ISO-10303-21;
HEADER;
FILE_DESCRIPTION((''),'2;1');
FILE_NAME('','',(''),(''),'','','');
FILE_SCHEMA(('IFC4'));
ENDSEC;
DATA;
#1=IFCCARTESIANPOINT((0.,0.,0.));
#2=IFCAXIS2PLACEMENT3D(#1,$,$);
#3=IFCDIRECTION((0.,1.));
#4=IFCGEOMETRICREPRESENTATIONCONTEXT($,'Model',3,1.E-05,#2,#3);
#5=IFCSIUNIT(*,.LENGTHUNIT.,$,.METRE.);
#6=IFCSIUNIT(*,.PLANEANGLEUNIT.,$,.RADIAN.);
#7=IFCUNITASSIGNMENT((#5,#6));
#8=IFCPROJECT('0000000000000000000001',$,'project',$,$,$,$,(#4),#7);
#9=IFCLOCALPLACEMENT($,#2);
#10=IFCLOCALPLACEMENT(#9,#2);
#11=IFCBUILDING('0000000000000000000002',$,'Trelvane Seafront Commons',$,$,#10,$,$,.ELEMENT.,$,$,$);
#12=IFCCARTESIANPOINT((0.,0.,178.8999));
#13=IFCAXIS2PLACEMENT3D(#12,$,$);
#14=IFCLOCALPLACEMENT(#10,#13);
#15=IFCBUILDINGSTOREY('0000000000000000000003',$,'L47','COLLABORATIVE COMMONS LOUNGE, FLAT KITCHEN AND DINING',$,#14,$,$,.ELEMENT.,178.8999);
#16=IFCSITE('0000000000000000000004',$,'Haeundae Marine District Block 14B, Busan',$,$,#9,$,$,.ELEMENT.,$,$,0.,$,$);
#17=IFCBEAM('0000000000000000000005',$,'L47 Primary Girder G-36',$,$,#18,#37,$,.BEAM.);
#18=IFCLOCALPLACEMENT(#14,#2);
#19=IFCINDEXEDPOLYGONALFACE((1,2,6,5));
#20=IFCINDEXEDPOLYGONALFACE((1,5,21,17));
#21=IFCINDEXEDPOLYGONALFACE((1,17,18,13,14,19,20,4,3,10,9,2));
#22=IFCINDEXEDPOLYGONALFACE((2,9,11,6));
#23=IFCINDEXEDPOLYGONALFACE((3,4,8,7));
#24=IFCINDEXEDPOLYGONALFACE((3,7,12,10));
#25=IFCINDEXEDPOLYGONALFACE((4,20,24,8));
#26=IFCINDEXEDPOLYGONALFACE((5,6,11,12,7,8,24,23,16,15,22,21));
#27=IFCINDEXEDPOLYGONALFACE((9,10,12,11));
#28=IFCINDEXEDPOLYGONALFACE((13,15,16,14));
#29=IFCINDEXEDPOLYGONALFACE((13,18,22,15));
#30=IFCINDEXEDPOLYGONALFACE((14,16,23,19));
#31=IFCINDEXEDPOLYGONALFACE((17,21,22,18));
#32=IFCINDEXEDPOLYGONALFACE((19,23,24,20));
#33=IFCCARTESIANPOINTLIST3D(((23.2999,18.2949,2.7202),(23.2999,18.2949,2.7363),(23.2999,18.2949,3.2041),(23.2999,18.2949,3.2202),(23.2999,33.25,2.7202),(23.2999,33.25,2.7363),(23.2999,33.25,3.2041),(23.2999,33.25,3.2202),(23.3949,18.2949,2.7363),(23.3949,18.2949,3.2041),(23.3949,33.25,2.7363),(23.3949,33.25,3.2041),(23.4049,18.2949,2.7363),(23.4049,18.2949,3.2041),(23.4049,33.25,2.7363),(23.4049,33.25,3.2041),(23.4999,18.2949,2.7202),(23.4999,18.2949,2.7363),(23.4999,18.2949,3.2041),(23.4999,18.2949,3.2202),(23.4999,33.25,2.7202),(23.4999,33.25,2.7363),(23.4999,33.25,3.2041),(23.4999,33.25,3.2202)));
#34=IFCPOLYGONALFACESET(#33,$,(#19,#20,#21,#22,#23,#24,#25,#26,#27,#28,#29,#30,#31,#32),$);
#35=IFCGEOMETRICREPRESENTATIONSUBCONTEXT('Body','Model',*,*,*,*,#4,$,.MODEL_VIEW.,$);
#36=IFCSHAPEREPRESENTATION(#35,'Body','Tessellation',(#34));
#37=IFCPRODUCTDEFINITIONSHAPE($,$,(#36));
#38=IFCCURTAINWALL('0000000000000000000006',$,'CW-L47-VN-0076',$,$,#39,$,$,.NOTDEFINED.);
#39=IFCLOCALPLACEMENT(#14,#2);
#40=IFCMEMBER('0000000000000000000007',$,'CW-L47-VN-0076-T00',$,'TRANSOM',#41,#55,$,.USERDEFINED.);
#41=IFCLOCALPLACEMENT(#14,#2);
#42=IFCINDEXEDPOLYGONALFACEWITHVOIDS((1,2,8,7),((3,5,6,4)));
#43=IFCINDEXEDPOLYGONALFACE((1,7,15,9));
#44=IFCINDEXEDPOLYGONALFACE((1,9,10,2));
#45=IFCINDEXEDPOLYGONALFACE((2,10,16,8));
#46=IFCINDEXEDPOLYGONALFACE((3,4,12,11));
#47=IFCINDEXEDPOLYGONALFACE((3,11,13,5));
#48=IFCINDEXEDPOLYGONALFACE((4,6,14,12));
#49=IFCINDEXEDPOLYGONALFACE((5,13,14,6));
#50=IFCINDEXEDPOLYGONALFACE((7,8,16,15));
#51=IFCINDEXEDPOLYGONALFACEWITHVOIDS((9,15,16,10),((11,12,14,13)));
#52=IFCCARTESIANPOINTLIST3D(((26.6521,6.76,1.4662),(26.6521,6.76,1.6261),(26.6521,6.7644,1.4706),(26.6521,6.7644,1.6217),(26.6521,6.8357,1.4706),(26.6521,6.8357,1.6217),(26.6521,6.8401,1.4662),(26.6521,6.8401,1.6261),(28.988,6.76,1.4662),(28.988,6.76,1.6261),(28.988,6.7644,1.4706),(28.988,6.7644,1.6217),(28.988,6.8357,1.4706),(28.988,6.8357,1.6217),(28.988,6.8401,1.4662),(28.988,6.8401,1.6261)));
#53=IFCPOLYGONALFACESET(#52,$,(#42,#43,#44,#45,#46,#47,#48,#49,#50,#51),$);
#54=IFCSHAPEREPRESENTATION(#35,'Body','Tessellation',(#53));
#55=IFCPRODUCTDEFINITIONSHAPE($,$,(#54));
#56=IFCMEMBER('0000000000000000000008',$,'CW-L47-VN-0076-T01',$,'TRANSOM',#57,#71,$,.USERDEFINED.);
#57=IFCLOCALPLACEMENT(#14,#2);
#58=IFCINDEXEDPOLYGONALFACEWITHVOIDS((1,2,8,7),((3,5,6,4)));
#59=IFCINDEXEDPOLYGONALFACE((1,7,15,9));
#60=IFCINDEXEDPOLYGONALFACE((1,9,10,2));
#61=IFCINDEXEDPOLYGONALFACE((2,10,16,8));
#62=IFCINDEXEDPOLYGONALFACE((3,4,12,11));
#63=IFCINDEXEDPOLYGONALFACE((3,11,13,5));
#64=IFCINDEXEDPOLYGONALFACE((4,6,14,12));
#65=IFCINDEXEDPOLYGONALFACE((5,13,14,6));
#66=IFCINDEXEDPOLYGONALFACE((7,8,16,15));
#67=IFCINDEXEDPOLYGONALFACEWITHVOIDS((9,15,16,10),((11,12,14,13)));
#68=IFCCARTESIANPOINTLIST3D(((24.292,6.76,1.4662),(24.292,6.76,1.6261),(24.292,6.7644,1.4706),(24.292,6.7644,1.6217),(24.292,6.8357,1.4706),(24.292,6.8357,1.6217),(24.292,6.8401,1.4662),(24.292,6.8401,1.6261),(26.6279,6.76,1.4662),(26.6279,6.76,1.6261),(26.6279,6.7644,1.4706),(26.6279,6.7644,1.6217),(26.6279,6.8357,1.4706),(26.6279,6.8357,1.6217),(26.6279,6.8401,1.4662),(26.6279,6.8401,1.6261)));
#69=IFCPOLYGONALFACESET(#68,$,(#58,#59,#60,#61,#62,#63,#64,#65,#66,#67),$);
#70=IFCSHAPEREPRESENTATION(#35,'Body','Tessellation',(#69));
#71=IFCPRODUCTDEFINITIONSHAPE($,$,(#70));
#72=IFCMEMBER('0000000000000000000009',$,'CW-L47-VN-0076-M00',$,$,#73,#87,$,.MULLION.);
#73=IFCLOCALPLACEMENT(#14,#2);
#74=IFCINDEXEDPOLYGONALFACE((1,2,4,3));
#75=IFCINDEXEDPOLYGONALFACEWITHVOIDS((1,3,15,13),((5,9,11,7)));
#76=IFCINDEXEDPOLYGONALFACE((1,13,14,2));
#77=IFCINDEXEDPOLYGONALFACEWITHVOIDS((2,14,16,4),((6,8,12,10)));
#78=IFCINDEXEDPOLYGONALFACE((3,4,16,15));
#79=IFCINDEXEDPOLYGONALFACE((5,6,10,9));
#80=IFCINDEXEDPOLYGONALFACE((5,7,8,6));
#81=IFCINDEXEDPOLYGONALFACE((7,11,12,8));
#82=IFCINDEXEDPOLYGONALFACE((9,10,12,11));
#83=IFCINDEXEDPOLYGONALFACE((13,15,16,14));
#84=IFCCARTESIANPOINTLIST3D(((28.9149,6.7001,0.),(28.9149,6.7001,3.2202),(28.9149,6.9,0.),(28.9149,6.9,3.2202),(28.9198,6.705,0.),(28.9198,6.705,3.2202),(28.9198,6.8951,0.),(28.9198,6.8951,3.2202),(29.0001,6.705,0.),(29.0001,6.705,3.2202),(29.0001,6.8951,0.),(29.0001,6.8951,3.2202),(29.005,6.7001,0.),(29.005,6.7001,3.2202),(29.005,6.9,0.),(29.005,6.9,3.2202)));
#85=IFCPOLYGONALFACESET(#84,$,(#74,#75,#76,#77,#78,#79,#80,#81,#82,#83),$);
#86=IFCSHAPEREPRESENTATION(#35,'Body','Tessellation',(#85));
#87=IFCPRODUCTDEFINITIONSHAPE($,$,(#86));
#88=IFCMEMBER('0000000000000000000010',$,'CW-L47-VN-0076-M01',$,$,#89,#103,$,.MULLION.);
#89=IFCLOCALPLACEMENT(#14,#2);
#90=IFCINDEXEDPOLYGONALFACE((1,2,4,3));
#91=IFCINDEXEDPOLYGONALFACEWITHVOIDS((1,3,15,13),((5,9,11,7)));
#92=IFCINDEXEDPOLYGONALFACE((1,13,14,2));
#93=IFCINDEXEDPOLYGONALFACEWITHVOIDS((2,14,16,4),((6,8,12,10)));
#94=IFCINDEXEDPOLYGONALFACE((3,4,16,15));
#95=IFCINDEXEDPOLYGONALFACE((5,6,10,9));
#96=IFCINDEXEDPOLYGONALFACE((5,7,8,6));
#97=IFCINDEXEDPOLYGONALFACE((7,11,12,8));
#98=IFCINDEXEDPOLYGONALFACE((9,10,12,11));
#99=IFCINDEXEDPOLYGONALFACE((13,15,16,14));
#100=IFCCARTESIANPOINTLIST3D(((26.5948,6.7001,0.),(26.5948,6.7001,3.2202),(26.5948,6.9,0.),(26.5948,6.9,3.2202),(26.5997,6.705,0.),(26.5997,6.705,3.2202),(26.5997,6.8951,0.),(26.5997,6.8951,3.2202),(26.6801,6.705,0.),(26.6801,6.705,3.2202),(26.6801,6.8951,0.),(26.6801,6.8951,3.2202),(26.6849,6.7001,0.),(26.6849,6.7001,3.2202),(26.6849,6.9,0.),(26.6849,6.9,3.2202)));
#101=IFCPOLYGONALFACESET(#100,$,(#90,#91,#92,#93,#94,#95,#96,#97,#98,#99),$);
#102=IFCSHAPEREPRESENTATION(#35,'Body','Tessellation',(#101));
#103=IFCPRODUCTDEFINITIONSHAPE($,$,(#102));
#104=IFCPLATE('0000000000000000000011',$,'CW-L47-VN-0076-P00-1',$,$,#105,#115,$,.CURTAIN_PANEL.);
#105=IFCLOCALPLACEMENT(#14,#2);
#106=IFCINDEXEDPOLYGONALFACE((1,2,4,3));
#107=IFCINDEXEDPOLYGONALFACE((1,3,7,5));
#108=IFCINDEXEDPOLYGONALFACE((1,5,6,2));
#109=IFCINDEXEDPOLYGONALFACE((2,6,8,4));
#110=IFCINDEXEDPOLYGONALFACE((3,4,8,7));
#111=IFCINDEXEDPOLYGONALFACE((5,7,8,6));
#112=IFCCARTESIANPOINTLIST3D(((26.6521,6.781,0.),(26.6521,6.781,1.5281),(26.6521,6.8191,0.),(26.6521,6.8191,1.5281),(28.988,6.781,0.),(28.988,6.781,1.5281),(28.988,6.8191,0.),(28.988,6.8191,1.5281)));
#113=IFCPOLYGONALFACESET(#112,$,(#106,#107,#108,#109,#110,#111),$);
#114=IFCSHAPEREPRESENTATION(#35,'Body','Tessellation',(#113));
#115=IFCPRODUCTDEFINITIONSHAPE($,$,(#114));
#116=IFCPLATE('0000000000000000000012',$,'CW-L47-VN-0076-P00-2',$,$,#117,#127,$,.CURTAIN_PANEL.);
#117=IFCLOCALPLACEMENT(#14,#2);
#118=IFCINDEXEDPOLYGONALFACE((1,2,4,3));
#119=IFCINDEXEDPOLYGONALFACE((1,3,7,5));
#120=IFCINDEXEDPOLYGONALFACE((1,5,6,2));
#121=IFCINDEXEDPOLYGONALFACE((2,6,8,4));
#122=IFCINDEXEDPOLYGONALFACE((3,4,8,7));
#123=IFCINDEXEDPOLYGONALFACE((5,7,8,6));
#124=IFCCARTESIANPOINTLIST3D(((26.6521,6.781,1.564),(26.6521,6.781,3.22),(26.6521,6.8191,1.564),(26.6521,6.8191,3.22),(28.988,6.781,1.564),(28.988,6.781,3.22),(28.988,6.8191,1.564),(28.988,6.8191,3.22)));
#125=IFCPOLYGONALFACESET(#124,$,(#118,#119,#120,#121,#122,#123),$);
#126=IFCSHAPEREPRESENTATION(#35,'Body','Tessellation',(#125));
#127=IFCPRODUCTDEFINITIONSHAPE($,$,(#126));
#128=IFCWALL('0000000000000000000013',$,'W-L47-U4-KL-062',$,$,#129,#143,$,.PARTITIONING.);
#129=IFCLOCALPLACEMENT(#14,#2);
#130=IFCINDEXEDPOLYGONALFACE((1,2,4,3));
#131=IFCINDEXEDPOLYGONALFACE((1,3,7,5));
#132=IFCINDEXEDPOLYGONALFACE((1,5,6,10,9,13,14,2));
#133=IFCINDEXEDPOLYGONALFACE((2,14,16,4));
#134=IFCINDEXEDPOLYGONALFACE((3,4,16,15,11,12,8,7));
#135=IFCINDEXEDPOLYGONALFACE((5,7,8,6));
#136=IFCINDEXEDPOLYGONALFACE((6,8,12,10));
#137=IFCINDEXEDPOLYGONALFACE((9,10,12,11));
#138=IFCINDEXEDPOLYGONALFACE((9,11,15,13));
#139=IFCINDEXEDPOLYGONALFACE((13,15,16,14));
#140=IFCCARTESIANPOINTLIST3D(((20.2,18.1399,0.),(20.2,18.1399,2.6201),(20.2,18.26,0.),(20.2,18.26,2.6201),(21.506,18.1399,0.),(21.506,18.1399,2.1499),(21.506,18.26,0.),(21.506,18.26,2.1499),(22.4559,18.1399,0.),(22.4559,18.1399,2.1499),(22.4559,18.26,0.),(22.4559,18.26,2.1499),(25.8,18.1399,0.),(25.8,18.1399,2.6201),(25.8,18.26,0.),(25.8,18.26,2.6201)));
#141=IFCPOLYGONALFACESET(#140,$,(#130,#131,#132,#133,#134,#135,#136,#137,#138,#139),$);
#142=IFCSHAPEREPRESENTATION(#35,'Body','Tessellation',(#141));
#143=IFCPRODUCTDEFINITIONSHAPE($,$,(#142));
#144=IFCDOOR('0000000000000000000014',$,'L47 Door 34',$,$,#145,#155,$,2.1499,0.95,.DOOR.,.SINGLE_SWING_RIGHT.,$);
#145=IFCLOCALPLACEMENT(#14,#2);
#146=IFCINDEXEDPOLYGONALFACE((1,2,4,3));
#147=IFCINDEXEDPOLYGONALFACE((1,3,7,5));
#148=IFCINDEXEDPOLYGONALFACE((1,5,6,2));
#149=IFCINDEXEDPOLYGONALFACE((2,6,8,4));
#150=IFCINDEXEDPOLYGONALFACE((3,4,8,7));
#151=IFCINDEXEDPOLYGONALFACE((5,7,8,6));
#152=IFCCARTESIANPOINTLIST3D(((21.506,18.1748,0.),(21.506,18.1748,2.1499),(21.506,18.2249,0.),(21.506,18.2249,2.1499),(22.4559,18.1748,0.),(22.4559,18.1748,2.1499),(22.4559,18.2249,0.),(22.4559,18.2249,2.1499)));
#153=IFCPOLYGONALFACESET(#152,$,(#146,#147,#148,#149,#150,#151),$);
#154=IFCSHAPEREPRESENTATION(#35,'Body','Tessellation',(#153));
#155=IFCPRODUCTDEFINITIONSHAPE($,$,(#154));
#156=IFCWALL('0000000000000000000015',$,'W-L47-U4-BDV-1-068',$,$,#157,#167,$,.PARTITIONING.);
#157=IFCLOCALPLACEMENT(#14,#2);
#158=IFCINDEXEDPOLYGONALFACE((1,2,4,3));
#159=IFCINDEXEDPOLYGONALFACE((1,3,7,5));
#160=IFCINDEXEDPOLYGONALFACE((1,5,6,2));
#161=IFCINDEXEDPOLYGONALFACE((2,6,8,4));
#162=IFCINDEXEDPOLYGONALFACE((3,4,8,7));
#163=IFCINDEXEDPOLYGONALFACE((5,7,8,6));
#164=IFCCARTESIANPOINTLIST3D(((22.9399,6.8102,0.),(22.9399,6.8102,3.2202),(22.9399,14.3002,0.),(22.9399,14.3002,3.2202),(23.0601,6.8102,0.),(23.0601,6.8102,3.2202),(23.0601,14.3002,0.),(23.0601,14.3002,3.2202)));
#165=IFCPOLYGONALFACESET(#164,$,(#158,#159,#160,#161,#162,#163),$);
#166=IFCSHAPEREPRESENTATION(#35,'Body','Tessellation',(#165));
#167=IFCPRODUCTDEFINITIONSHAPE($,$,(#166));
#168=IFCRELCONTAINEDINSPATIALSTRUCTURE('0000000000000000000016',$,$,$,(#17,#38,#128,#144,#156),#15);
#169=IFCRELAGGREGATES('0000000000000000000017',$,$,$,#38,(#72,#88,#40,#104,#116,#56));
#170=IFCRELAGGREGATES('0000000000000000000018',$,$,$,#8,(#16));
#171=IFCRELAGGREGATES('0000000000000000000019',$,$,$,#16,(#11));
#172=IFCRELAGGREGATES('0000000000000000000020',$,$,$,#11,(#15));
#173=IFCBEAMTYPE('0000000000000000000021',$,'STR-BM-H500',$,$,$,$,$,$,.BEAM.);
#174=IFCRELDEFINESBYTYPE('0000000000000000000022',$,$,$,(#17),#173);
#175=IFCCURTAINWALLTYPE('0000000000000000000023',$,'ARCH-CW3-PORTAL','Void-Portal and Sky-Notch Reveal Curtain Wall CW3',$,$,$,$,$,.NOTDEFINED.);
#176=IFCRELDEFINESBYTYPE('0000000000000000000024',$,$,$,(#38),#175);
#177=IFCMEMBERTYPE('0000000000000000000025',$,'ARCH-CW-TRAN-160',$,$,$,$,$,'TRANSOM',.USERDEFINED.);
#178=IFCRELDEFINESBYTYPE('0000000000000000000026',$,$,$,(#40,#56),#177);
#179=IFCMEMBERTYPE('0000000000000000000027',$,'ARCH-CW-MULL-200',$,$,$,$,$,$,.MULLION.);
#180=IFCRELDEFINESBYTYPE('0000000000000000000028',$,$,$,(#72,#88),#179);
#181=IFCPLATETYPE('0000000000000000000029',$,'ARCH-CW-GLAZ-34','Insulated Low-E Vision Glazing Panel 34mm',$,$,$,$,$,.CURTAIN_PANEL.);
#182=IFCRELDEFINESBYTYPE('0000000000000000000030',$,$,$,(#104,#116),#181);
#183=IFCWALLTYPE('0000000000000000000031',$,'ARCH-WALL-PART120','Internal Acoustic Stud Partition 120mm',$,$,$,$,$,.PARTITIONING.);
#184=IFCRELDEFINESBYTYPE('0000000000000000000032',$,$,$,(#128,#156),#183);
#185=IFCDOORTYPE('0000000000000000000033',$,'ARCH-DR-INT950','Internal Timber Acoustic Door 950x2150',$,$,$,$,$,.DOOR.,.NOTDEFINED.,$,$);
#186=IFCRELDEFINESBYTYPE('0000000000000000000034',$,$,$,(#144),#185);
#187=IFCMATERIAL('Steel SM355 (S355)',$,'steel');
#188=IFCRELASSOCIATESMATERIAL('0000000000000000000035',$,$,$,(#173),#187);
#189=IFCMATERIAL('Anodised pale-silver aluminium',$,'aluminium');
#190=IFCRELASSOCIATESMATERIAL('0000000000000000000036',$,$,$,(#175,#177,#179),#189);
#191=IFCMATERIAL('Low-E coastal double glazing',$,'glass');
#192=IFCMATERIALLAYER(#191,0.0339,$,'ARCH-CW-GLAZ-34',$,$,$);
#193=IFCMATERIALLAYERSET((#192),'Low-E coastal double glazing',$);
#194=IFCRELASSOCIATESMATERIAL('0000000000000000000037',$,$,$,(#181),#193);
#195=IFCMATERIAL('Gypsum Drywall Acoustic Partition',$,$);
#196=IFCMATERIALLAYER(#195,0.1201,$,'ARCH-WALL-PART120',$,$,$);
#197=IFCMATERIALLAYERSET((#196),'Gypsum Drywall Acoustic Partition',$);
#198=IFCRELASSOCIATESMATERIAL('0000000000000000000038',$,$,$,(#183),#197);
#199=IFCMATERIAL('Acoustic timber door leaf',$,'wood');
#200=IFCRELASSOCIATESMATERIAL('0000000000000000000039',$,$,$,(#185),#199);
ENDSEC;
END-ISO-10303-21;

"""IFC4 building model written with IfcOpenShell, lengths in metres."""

from ifc_helpers import new_model, si_unit, direction, frame, frame_2d, origin, origin_2d, place, context, subcontext, project, spatial, rectangle, hollow_rectangle, i_section, extrude, source, transform, mapped, material, layer, layer_set, material_profile, profile_set, type_object, element, fill, aggregate, save


model = new_model("IFC4")

# Units and contexts
model_context = context("Model", 3, precision=1e-05, world=origin(), true_north=direction((0.0, 1.0)))
body_context = subcontext(model_context, "Body", "Model", "MODEL_VIEW")
ifc_project = project(units=[si_unit("LENGTHUNIT", "METRE"), si_unit("PLANEANGLEUNIT", "RADIAN")], contexts=[model_context])

# Site, building, storey
site_placement = place(None, origin())
site = spatial("IfcSite", under=ifc_project, at=site_placement, Name="Haeundae Marine District Block 14B, Busan", CompositionType="ELEMENT", RefElevation=0.0)
building_placement = place(site_placement, origin())
building = spatial("IfcBuilding", under=site, at=building_placement, Name="Trelvane Seafront Commons", CompositionType="ELEMENT")
storey_placement = place(building_placement, frame((0.0, 0.0, 178.8999)))
storey = spatial("IfcBuildingStorey", under=building, at=storey_placement, Name="L47", Description="COLLABORATIVE COMMONS LOUNGE, FLAT KITCHEN AND DINING", CompositionType="ELEMENT", Elevation=178.8999)

# Shared definitions
ifc_material_1 = material(Name="Steel SM355 (S355)", Category="steel")

# Beam
ifc_material_profile_1 = material_profile(ifc_material_1, i_section(OverallWidth=0.2, OverallDepth=0.5, WebThickness=0.01, FlangeThickness=0.0161, at=origin_2d()), Name="H-500x200x10x16")
ifc_profile_set_1 = profile_set([ifc_material_profile_1], Name="Steel SM355 (S355)")
beam_type_1 = type_object("IfcBeamType", Name="STR-BM-H500", PredefinedType="BEAM", material=ifc_profile_set_1)
shared_shape_1 = source(origin(), body_context, "Body", "SweptSolid", [
    extrude(i_section(OverallWidth=0.2, OverallDepth=0.5, WebThickness=0.01, FlangeThickness=0.0161, at=origin_2d()), origin(), (0.0, 0.0, 1.0), 14.9551),
])
beam_1_placement = place(storey_placement, frame((23.3999, 18.2949, 2.9702), z_axis=(0.0, 1.0, 0.0), x_axis=(-1.0, 0.0, 0.0)))
element("IfcBeam", 1, at=beam_1_placement, inside=storey, type_object=beam_type_1, Name="L47 Primary Girder G-36", PredefinedType="BEAM", context=body_context, shape_type="MappedRepresentation", body=[
    mapped(shared_shape_1, transform((0.0, 0.0, 0.0), x_axis=(1.0, 0.0, 0.0), y_axis=(0.0, 1.0, 0.0), z_axis=(0.0, 0.0, 1.0), scale=1.0)),
])

# Curtain wall, members, plates
ifc_material_2 = material(Name="Anodised pale-silver aluminium", Category="aluminium")
curtain_wall_type = type_object("IfcCurtainWallType", Name="ARCH-CW3-PORTAL", Description="Void-Portal and Sky-Notch Reveal Curtain Wall CW3", PredefinedType="NOTDEFINED", material=ifc_material_2)
curtain_wall_placement = place(storey_placement, origin())
curtain_wall = element("IfcCurtainWall", 2, at=curtain_wall_placement, inside=storey, type_object=curtain_wall_type, Name="CW-L47-VN-0076", PredefinedType="NOTDEFINED")
ifc_material_profile_2 = material_profile(ifc_material_2, hollow_rectangle(XDim=0.0801, YDim=0.1599, WallThickness=0.0044, at=origin_2d()), Name="TRAN-80x160x4.5")
ifc_profile_set_2 = profile_set([ifc_material_profile_2], Name="Anodised pale-silver aluminium")
member_type_1 = type_object("IfcMemberType", Name="ARCH-CW-TRAN-160", ElementType="TRANSOM", PredefinedType="USERDEFINED", material=ifc_profile_set_2)
shared_shape_2 = source(origin(), body_context, "Body", "SweptSolid", [
    extrude(hollow_rectangle(XDim=0.0801, YDim=0.1599, WallThickness=0.0044, at=origin_2d()), origin(), (0.0, 0.0, 1.0), 2.3359),
])
member_1_placement = place(storey_placement, frame((28.988, 6.8, 1.5461), z_axis=(-1.0, 0.0, 0.0), x_axis=(0.0, -1.0, 0.0)))
member_1 = element("IfcMember", 3, at=member_1_placement, type_object=member_type_1, Name="CW-L47-VN-0076-T00", ObjectType="TRANSOM", PredefinedType="USERDEFINED", context=body_context, shape_type="MappedRepresentation", body=[
    mapped(shared_shape_2, transform((0.0, 0.0, 0.0), x_axis=(1.0, 0.0, 0.0), y_axis=(0.0, 1.0, 0.0), z_axis=(0.0, 0.0, 1.0), scale=1.0)),
])
member_2_placement = place(storey_placement, frame((26.6279, 6.8, 1.5461), z_axis=(-1.0, 0.0, 0.0), x_axis=(0.0, -1.0, 0.0)))
member_2 = element("IfcMember", 4, at=member_2_placement, type_object=member_type_1, Name="CW-L47-VN-0076-T01", ObjectType="TRANSOM", PredefinedType="USERDEFINED", context=body_context, shape_type="MappedRepresentation", body=[
    mapped(shared_shape_2, transform((0.0, 0.0, 0.0), x_axis=(1.0, 0.0, 0.0), y_axis=(0.0, 1.0, 0.0), z_axis=(0.0, 0.0, 1.0), scale=1.0)),
])
ifc_material_profile_3 = material_profile(ifc_material_2, hollow_rectangle(XDim=0.0901, YDim=0.2, WallThickness=0.0049, at=origin_2d()), Name="MULL-90x200x5")
ifc_profile_set_3 = profile_set([ifc_material_profile_3], Name="Anodised pale-silver aluminium")
member_type_2 = type_object("IfcMemberType", Name="ARCH-CW-MULL-200", PredefinedType="MULLION", material=ifc_profile_set_3)
shared_shape_3 = source(origin(), body_context, "Body", "SweptSolid", [
    extrude(hollow_rectangle(XDim=0.0901, YDim=0.2, WallThickness=0.0049, at=origin_2d()), origin(), (0.0, 0.0, 1.0), 3.2202),
])
member_3_placement = place(storey_placement, frame((28.96, 6.8, 0.0), z_axis=(0.0, 0.0, 1.0), x_axis=(1.0, 0.0, 0.0)))
member_3 = element("IfcMember", 5, at=member_3_placement, type_object=member_type_2, Name="CW-L47-VN-0076-M00", PredefinedType="MULLION", context=body_context, shape_type="MappedRepresentation", body=[
    mapped(shared_shape_3, transform((0.0, 0.0, 0.0), x_axis=(1.0, 0.0, 0.0), y_axis=(0.0, 1.0, 0.0), z_axis=(0.0, 0.0, 1.0), scale=1.0)),
])
member_4_placement = place(storey_placement, frame((26.6399, 6.8, 0.0), z_axis=(0.0, 0.0, 1.0), x_axis=(1.0, 0.0, 0.0)))
member_4 = element("IfcMember", 6, at=member_4_placement, type_object=member_type_2, Name="CW-L47-VN-0076-M01", PredefinedType="MULLION", context=body_context, shape_type="MappedRepresentation", body=[
    mapped(shared_shape_3, transform((0.0, 0.0, 0.0), x_axis=(1.0, 0.0, 0.0), y_axis=(0.0, 1.0, 0.0), z_axis=(0.0, 0.0, 1.0), scale=1.0)),
])
ifc_material_3 = material(Name="Low-E coastal double glazing", Category="glass")
ifc_layer_1 = layer(ifc_material_3, 0.0339, Name="ARCH-CW-GLAZ-34")
ifc_layer_set_1 = layer_set([ifc_layer_1], Name="Low-E coastal double glazing")
plate_type = type_object("IfcPlateType", Name="ARCH-CW-GLAZ-34", Description="Insulated Low-E Vision Glazing Panel 34mm", PredefinedType="CURTAIN_PANEL", material=ifc_layer_set_1)
shared_shape_4 = source(origin(), body_context, "Body", "SweptSolid", [
    extrude(rectangle(XDim=2.3359, YDim=0.0381, at=origin_2d()), origin(), (0.0, 0.0, 1.0), 1.5281),
])
plate_1_placement = place(storey_placement, frame((27.8201, 6.8, 0.0), z_axis=(0.0, 0.0, 1.0), x_axis=(-1.0, 0.0, 0.0)))
plate_1 = element("IfcPlate", 7, at=plate_1_placement, type_object=plate_type, Name="CW-L47-VN-0076-P00-1", PredefinedType="CURTAIN_PANEL", context=body_context, shape_type="MappedRepresentation", body=[
    mapped(shared_shape_4, transform((0.0, 0.0, 0.0), x_axis=(1.0, 0.0, 0.0), y_axis=(0.0, 1.0, 0.0), z_axis=(0.0, 0.0, 1.0), scale=1.0)),
])
shared_shape_5 = source(origin(), body_context, "Body", "SweptSolid", [
    extrude(rectangle(XDim=2.3359, YDim=0.0381, at=origin_2d()), origin(), (0.0, 0.0, 1.0), 1.656),
])
plate_2_placement = place(storey_placement, frame((27.8201, 6.8, 1.564), z_axis=(0.0, 0.0, 1.0), x_axis=(-1.0, 0.0, 0.0)))
plate_2 = element("IfcPlate", 8, at=plate_2_placement, type_object=plate_type, Name="CW-L47-VN-0076-P00-2", PredefinedType="CURTAIN_PANEL", context=body_context, shape_type="MappedRepresentation", body=[
    mapped(shared_shape_5, transform((0.0, 0.0, 0.0), x_axis=(1.0, 0.0, 0.0), y_axis=(0.0, 1.0, 0.0), z_axis=(0.0, 0.0, 1.0), scale=1.0)),
])
aggregate(curtain_wall, [member_3, member_4, member_1, plate_1, plate_2, member_2])

# Wall, opening, door
ifc_material_4 = material(Name="Gypsum Drywall Acoustic Partition")
ifc_layer_2 = layer(ifc_material_4, 0.1201, Name="ARCH-WALL-PART120")
ifc_layer_set_2 = layer_set([ifc_layer_2], Name="Gypsum Drywall Acoustic Partition")
wall_type_1 = type_object("IfcWallType", Name="ARCH-WALL-PART120", Description="Internal Acoustic Stud Partition 120mm", PredefinedType="PARTITIONING", material=ifc_layer_set_2)
wall_1_placement = place(storey_placement, frame((20.2, 18.2, 0.0), z_axis=(0.0, 0.0, 1.0), x_axis=(1.0, 0.0, 0.0)))
wall_1 = element("IfcWall", 9, at=wall_1_placement, inside=storey, type_object=wall_type_1, Name="W-L47-U4-KL-062", PredefinedType="PARTITIONING", context=body_context, shape_type="SweptSolid", body=[
    extrude(rectangle(XDim=5.6001, YDim=0.1201, at=frame_2d((2.8, 0.0))), origin(), (0.0, 0.0, 1.0), 2.6201),
])
opening_1_placement = place(wall_1_placement, frame((1.3059, 0.0, 0.0)))
opening_1 = element("IfcOpeningElement", 10, at=opening_1_placement, cuts=wall_1, PredefinedType="OPENING", context=body_context, shape_type="SweptSolid", body=[
    extrude(rectangle(XDim=0.95, YDim=2.1499, at=frame_2d((0.4751, 1.075))), frame((0.0, 0.0701, 0.0), z_axis=(0.0, -1.0, 0.0), x_axis=(1.0, 0.0, 0.0)), (0.0, 0.0, 1.0), 0.1401),
])
ifc_material_5 = material(Name="Acoustic timber door leaf", Category="wood")
door_type = type_object("IfcDoorType", Name="ARCH-DR-INT950", Description="Internal Timber Acoustic Door 950x2150", OperationType="NOTDEFINED", PredefinedType="DOOR", material=ifc_material_5)
shared_shape_6 = source(origin(), body_context, "Body", "SweptSolid", [
    extrude(rectangle(XDim=0.95, YDim=2.1499, at=frame_2d((0.4751, 1.075))), frame((0.0, 0.0249, 0.0), z_axis=(0.0, -1.0, 0.0), x_axis=(1.0, 0.0, 0.0)), (0.0, 0.0, 1.0), 0.05),
])
door_1_placement = place(opening_1_placement, origin())
door_1 = element("IfcDoor", 11, at=door_1_placement, inside=storey, type_object=door_type, Name="L47 Door 34", OperationType="SINGLE_SWING_RIGHT", OverallHeight=2.1499, OverallWidth=0.95, PredefinedType="DOOR", context=body_context, shape_type="MappedRepresentation", body=[
    mapped(shared_shape_6, transform((0.0, 0.0, 0.0), x_axis=(1.0, 0.0, 0.0), y_axis=(0.0, 1.0, 0.0), z_axis=(0.0, 0.0, 1.0), scale=1.0)),
])
fill(opening_1, door_1)

# Wall
wall_2_placement = place(storey_placement, frame((23.0, 6.8101, 0.0), z_axis=(0.0, 0.0, 1.0), x_axis=(0.0, 1.0, 0.0)))
element("IfcWall", 12, at=wall_2_placement, inside=storey, type_object=wall_type_1, Name="W-L47-U4-BDV-1-068", PredefinedType="PARTITIONING", context=body_context, shape_type="SweptSolid", body=[
    extrude(rectangle(XDim=7.49, YDim=0.1201, at=frame_2d((3.7451, 0.0))), origin(), (0.0, 0.0, 1.0), 3.2202),
])

save(model, "model.ifc")
